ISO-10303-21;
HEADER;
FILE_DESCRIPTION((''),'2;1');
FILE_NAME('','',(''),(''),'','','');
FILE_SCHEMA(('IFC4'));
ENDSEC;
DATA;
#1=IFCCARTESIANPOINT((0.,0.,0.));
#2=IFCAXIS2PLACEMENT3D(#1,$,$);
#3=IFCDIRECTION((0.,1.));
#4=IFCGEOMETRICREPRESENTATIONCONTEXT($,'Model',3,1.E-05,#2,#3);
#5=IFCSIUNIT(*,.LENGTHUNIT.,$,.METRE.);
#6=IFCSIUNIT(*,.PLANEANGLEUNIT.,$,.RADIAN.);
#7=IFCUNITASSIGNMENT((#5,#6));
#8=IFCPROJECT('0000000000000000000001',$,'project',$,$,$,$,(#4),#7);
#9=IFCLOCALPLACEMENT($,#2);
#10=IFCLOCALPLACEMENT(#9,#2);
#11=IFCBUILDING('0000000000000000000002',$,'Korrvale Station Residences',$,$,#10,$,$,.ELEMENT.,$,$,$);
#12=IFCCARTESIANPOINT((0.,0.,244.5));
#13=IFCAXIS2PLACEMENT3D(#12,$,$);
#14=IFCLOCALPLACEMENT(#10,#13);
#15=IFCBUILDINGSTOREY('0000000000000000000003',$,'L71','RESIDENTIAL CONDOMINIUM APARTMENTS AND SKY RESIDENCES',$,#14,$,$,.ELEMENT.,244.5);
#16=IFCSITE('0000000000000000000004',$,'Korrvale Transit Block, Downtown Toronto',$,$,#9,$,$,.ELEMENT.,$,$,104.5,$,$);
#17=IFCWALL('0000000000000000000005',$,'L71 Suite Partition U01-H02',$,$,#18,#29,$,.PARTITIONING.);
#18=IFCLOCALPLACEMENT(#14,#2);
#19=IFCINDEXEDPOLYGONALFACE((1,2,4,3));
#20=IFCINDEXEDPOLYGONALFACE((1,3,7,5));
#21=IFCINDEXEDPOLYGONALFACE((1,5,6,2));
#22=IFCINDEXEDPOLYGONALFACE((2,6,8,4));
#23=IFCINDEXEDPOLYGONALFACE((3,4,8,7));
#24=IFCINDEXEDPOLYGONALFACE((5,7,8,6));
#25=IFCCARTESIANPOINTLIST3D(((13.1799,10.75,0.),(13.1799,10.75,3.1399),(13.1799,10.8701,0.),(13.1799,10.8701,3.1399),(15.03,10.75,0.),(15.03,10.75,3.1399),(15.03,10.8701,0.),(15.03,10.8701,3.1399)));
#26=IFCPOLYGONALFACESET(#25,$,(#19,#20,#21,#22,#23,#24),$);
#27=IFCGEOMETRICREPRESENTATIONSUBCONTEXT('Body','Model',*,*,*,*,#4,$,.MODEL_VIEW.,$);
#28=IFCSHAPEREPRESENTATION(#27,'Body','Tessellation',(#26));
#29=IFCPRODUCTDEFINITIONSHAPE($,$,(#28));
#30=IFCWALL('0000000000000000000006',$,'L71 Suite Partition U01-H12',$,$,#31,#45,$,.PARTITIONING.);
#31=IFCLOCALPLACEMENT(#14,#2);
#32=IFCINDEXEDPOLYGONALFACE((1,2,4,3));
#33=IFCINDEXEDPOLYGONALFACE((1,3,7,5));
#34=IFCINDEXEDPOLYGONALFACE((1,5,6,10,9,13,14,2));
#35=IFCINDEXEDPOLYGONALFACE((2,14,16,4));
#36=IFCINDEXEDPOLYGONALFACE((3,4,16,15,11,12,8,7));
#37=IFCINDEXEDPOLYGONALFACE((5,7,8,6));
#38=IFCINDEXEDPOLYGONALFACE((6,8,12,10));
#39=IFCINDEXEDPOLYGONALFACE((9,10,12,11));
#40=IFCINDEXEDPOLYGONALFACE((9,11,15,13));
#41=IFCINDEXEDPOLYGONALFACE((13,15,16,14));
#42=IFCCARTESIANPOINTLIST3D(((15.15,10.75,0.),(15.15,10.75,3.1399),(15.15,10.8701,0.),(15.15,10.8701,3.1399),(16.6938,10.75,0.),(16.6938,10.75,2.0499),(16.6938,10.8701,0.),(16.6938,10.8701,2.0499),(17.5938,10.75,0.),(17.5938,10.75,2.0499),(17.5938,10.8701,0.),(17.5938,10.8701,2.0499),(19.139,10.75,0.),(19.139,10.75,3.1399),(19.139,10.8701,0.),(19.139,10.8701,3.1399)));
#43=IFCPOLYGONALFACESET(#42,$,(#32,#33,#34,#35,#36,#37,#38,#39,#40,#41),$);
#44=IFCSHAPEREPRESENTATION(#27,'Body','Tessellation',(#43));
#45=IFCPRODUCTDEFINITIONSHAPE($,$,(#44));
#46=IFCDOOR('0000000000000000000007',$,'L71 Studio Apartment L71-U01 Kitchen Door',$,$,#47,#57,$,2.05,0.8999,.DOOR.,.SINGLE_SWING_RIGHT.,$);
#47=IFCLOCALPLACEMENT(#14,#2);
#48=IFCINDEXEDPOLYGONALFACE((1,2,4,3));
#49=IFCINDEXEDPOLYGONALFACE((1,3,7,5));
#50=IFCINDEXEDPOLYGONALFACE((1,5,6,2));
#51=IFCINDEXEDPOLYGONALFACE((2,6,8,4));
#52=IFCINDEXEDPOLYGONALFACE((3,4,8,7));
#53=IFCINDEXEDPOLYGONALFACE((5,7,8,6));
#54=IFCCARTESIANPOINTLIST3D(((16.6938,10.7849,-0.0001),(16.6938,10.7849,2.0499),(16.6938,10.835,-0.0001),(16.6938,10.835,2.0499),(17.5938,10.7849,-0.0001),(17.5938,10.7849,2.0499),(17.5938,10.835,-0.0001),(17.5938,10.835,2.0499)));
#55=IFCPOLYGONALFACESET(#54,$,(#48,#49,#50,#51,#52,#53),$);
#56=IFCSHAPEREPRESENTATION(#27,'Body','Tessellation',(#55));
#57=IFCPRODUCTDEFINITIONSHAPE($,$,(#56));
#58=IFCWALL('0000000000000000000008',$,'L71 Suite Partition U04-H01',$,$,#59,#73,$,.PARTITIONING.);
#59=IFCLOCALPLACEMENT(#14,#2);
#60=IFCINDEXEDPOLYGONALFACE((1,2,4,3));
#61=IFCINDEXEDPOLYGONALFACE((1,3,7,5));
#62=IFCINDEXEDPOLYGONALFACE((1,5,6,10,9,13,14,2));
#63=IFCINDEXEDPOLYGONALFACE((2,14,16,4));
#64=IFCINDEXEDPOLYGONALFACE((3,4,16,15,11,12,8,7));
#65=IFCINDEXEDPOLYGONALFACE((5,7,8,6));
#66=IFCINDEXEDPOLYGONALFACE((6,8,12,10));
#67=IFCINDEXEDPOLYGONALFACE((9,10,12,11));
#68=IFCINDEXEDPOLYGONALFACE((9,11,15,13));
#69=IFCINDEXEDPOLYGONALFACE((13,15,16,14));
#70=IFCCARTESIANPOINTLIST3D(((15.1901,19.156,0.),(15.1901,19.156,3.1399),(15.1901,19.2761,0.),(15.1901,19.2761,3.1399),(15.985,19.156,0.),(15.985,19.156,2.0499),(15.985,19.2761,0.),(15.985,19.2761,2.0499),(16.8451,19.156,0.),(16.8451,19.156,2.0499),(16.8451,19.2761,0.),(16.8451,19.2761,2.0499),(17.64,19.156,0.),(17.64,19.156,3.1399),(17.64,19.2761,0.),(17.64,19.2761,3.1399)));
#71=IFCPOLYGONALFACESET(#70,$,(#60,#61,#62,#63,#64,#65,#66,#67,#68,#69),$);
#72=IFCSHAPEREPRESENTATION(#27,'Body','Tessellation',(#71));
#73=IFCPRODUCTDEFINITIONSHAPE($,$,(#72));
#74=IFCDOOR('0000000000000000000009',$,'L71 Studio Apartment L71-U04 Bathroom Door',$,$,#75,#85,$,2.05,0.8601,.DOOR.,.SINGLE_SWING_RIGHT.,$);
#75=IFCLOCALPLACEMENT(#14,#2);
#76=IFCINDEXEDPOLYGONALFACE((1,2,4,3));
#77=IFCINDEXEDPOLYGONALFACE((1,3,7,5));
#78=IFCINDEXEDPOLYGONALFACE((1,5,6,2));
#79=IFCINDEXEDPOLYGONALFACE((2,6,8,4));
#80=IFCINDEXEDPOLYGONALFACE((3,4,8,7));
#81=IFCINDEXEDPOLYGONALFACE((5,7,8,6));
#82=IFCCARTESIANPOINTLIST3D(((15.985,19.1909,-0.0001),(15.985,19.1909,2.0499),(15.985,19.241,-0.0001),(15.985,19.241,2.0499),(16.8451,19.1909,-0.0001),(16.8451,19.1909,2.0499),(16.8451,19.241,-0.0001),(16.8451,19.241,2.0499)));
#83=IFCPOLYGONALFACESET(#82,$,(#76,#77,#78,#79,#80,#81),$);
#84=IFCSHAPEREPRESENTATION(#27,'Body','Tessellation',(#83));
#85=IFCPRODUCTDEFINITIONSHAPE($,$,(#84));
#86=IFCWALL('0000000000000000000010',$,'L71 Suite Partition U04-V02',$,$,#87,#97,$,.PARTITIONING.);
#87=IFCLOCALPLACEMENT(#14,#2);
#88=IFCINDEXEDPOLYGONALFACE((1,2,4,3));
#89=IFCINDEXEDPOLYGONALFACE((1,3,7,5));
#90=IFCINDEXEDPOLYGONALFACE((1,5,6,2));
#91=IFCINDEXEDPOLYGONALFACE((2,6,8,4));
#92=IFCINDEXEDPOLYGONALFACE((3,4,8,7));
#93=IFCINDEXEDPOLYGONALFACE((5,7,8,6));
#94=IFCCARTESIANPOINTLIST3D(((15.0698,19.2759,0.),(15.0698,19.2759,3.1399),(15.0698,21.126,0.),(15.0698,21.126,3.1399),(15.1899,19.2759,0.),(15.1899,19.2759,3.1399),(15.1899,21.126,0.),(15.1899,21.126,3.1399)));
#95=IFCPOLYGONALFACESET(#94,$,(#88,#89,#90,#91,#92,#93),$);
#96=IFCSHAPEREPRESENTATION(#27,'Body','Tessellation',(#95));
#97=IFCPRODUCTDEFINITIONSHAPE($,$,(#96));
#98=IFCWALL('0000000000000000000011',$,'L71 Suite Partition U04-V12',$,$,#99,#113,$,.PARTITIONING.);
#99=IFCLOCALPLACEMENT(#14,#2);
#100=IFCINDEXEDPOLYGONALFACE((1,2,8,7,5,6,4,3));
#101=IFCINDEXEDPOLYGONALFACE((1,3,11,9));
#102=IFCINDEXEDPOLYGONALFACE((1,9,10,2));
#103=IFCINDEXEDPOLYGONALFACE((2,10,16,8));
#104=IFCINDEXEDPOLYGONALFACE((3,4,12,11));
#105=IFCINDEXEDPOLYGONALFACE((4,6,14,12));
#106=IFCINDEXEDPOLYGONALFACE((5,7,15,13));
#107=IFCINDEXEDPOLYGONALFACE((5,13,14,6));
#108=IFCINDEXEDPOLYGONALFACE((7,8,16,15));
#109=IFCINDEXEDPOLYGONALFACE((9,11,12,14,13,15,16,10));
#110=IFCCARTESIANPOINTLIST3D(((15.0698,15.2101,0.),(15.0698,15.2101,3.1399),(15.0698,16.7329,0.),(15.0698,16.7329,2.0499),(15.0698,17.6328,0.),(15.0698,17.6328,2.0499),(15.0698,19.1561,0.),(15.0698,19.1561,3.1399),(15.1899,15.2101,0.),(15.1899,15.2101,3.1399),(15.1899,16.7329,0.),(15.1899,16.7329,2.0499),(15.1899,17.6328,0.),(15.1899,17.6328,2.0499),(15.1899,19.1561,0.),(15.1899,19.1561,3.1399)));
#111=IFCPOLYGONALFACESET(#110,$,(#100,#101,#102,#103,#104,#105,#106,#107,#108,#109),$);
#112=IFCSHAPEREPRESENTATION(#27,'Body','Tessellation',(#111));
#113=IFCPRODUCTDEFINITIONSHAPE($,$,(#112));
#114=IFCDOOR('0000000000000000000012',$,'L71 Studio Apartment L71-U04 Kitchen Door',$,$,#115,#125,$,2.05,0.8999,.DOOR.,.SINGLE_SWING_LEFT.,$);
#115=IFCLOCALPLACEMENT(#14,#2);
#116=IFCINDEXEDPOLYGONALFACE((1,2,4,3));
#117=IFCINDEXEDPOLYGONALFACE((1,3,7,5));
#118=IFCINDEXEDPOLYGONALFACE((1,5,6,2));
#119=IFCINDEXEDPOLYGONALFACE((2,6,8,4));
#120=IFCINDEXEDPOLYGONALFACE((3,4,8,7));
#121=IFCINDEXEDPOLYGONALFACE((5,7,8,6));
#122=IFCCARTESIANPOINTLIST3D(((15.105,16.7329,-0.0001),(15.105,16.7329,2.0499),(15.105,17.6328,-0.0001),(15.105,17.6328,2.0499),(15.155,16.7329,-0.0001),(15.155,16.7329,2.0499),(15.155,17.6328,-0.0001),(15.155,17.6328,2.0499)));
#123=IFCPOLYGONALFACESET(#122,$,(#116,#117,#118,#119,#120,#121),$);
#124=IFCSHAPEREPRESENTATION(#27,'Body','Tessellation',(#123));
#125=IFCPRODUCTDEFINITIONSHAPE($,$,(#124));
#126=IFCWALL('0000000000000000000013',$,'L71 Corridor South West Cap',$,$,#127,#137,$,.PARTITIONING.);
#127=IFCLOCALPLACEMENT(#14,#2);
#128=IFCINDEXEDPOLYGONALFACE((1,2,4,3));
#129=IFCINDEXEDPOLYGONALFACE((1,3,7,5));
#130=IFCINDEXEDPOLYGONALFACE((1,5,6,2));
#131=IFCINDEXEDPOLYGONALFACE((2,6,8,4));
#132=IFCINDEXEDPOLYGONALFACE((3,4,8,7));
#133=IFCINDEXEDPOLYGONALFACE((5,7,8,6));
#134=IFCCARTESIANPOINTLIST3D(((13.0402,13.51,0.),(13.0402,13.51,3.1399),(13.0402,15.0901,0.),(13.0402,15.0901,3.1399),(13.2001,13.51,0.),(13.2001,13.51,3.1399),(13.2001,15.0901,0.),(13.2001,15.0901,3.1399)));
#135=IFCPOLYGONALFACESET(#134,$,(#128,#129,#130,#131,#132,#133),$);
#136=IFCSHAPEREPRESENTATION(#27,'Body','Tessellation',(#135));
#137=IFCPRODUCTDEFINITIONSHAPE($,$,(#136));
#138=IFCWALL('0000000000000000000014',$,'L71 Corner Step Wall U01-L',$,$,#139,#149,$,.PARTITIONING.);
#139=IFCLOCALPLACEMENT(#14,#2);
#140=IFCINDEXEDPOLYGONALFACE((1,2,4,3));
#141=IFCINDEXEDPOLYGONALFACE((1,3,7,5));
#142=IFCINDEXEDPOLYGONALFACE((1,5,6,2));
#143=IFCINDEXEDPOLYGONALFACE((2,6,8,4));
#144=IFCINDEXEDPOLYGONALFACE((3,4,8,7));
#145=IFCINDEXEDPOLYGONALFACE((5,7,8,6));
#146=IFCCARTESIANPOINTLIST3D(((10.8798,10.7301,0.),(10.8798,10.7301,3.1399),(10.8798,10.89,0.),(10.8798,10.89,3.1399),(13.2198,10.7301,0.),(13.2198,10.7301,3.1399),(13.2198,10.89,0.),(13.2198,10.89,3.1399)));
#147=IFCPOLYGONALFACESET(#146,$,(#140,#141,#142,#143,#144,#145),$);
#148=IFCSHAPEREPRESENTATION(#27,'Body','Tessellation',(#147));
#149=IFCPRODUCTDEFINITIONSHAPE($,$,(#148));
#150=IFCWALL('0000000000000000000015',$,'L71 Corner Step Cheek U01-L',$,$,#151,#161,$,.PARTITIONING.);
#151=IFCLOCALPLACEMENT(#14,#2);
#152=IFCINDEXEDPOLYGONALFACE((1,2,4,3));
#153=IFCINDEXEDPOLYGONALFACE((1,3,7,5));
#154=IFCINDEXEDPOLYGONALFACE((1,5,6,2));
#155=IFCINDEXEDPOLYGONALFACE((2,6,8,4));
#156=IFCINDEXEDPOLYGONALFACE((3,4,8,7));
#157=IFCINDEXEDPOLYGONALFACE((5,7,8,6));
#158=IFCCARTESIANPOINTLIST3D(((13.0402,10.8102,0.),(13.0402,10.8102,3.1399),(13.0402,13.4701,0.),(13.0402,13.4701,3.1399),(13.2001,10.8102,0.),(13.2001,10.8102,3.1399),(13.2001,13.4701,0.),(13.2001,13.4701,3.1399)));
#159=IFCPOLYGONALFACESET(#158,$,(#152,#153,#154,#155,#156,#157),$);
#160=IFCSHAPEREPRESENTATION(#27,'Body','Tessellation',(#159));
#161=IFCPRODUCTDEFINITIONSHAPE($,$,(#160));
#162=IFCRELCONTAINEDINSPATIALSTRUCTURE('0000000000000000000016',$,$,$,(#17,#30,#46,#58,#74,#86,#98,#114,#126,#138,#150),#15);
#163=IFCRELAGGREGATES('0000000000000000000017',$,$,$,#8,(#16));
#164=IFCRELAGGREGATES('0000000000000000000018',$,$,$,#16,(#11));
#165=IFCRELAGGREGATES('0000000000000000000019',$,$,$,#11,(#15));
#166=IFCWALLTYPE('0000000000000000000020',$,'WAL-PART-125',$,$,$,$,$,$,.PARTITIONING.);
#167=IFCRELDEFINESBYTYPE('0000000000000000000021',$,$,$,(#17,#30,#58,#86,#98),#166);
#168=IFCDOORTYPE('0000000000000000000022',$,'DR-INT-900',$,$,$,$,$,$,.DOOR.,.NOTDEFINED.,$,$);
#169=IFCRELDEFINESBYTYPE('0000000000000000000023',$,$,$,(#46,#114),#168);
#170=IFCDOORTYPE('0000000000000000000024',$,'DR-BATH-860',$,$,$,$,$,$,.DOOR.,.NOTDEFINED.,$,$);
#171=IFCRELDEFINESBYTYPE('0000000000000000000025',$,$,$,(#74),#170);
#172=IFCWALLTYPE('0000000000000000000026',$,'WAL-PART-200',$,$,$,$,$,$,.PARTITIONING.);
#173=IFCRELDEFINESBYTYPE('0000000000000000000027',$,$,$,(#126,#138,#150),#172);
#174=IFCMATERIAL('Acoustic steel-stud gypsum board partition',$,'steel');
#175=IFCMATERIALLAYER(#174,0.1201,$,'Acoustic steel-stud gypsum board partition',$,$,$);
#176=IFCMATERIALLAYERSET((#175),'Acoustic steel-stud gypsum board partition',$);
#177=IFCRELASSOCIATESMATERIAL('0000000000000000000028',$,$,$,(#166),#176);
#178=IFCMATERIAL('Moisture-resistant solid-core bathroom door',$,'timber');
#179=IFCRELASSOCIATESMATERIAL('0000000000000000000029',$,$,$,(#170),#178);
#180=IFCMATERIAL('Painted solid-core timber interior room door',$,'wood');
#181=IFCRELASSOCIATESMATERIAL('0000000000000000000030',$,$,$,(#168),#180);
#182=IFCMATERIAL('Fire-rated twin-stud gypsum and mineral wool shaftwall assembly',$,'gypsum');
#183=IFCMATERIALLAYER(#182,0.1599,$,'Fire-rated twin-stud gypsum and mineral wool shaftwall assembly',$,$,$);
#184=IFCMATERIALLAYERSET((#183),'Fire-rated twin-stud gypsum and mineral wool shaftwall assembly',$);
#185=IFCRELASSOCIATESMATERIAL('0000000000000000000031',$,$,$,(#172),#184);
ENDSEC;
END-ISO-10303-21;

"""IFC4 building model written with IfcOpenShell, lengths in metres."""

from ifc_helpers import new_model, si_unit, direction, frame, frame_2d, origin, place, context, subcontext, project, spatial, rectangle, extrude, material, layer, layer_set, type_object, element, fill, save


model = new_model("IFC4")

# Units and contexts
model_context = context("Model", 3, precision=1e-05, world=origin(), true_north=direction((0.0, 1.0)))
body_context = subcontext(model_context, "Body", "Model", "MODEL_VIEW")
ifc_project = project(units=[si_unit("LENGTHUNIT", "METRE"), si_unit("PLANEANGLEUNIT", "RADIAN")], contexts=[model_context])

# Site, building, storey
site_placement = place(None, origin())
site = spatial("IfcSite", under=ifc_project, at=site_placement, Name="Korrvale Transit Block, Downtown Toronto", CompositionType="ELEMENT", RefElevation=104.5)
building_placement = place(site_placement, origin())
building = spatial("IfcBuilding", under=site, at=building_placement, Name="Korrvale Station Residences", CompositionType="ELEMENT")
storey_placement = place(building_placement, frame((0.0, 0.0, 244.5)))
storey = spatial("IfcBuildingStorey", under=building, at=storey_placement, Name="L71", Description="RESIDENTIAL CONDOMINIUM APARTMENTS AND SKY RESIDENCES", CompositionType="ELEMENT", Elevation=244.5)

# Shared definitions
ifc_material_1 = material(Name="Acoustic steel-stud gypsum board partition", Category="steel")
ifc_layer_1 = layer(ifc_material_1, 0.1201, Name="Acoustic steel-stud gypsum board partition")
ifc_layer_set_1 = layer_set([ifc_layer_1], Name="Acoustic steel-stud gypsum board partition")
wall_type_1 = type_object("IfcWallType", Name="WAL-PART-125", PredefinedType="PARTITIONING", material=ifc_layer_set_1)
ifc_material_2 = material(Name="Moisture-resistant solid-core bathroom door", Category="timber")
door_type_1 = type_object("IfcDoorType", Name="DR-BATH-860", OperationType="NOTDEFINED", PredefinedType="DOOR", material=ifc_material_2)

# Wall
wall_1_placement = place(storey_placement, frame((13.1799, 10.8101, 0.0), z_axis=(0.0, 0.0, 1.0), x_axis=(1.0, 0.0, 0.0)))
element("IfcWall", 1, at=wall_1_placement, inside=storey, type_object=wall_type_1, Name="L71 Suite Partition U01-H02", PredefinedType="PARTITIONING", context=body_context, shape_type="SweptSolid", body=[
    extrude(rectangle(XDim=1.8501, YDim=0.1201, at=frame_2d((0.925, 0.0))), origin(), (0.0, 0.0, 1.0), 3.1399),
])

# Walls, openings, doors
wall_2_placement = place(storey_placement, frame((15.1499, 10.8101, 0.0), z_axis=(0.0, 0.0, 1.0), x_axis=(1.0, 0.0, 0.0)))
wall_2 = element("IfcWall", 2, at=wall_2_placement, inside=storey, type_object=wall_type_1, Name="L71 Suite Partition U01-H12", PredefinedType="PARTITIONING", context=body_context, shape_type="SweptSolid", body=[
    extrude(rectangle(XDim=3.989, YDim=0.1201, at=frame_2d((1.9946, 0.0))), origin(), (0.0, 0.0, 1.0), 3.1399),
])
opening_1_placement = place(wall_2_placement, frame((1.5439, 0.0, 0.0)))
opening_1 = element("IfcOpeningElement", 3, at=opening_1_placement, cuts=wall_2, PredefinedType="OPENING", context=body_context, shape_type="SweptSolid", body=[
    extrude(rectangle(XDim=0.8999, YDim=2.05, at=frame_2d((0.45, 1.0249))), frame((0.0, 0.0701, 0.0), z_axis=(0.0, -1.0, 0.0), x_axis=(1.0, 0.0, 0.0)), (0.0, 0.0, 1.0), 0.1401),
])
ifc_material_3 = material(Name="Painted solid-core timber interior room door", Category="wood")
door_type_2 = type_object("IfcDoorType", Name="DR-INT-900", OperationType="NOTDEFINED", PredefinedType="DOOR", material=ifc_material_3)
door_1_placement = place(opening_1_placement, origin())
door_1 = element("IfcDoor", 4, at=door_1_placement, inside=storey, type_object=door_type_2, Name="L71 Studio Apartment L71-U01 Kitchen Door", OperationType="SINGLE_SWING_RIGHT", OverallHeight=2.05, OverallWidth=0.8999, PredefinedType="DOOR", context=body_context, shape_type="SweptSolid", body=[
    extrude(rectangle(XDim=0.8999, YDim=2.05, at=frame_2d((0.45, 1.0249))), frame((0.0, 0.0249, 0.0), z_axis=(0.0, -1.0, 0.0), x_axis=(1.0, 0.0, 0.0)), (0.0, 0.0, 1.0), 0.05),
])
fill(opening_1, door_1)
wall_3_placement = place(storey_placement, frame((15.1899, 19.2161, 0.0), z_axis=(0.0, 0.0, 1.0), x_axis=(1.0, 0.0, 0.0)))
wall_3 = element("IfcWall", 5, at=wall_3_placement, inside=storey, type_object=wall_type_1, Name="L71 Suite Partition U04-H01", PredefinedType="PARTITIONING", context=body_context, shape_type="SweptSolid", body=[
    extrude(rectangle(XDim=2.45, YDim=0.1201, at=frame_2d((1.2251, 0.0))), origin(), (0.0, 0.0, 1.0), 3.1399),
])
opening_2_placement = place(wall_3_placement, frame((0.7949, 0.0, 0.0)))
opening_2 = element("IfcOpeningElement", 6, at=opening_2_placement, cuts=wall_3, PredefinedType="OPENING", context=body_context, shape_type="SweptSolid", body=[
    extrude(rectangle(XDim=0.8601, YDim=2.05, at=frame_2d((0.4302, 1.0249))), frame((0.0, 0.0701, 0.0), z_axis=(0.0, -1.0, 0.0), x_axis=(1.0, 0.0, 0.0)), (0.0, 0.0, 1.0), 0.1401),
])
door_2_placement = place(opening_2_placement, origin())
door_2 = element("IfcDoor", 7, at=door_2_placement, inside=storey, type_object=door_type_1, Name="L71 Studio Apartment L71-U04 Bathroom Door", OperationType="SINGLE_SWING_RIGHT", OverallHeight=2.05, OverallWidth=0.8601, PredefinedType="DOOR", context=body_context, shape_type="SweptSolid", body=[
    extrude(rectangle(XDim=0.8601, YDim=2.05, at=frame_2d((0.4302, 1.0249))), frame((0.0, 0.0249, 0.0), z_axis=(0.0, -1.0, 0.0), x_axis=(1.0, 0.0, 0.0)), (0.0, 0.0, 1.0), 0.05),
])
fill(opening_2, door_2)

# Wall
wall_4_placement = place(storey_placement, frame((15.1299, 19.2759, 0.0), z_axis=(0.0, 0.0, 1.0), x_axis=(0.0, 1.0, 0.0)))
element("IfcWall", 8, at=wall_4_placement, inside=storey, type_object=wall_type_1, Name="L71 Suite Partition U04-V02", PredefinedType="PARTITIONING", context=body_context, shape_type="SweptSolid", body=[
    extrude(rectangle(XDim=1.8501, YDim=0.1201, at=frame_2d((0.925, 0.0))), origin(), (0.0, 0.0, 1.0), 3.1399),
])

# Wall, opening, door
wall_5_placement = place(storey_placement, frame((15.1299, 15.21, 0.0), z_axis=(0.0, 0.0, 1.0), x_axis=(0.0, 1.0, 0.0)))
wall_5 = element("IfcWall", 9, at=wall_5_placement, inside=storey, type_object=wall_type_1, Name="L71 Suite Partition U04-V12", PredefinedType="PARTITIONING", context=body_context, shape_type="SweptSolid", body=[
    extrude(rectangle(XDim=3.946, YDim=0.1201, at=frame_2d((1.9731, 0.0))), origin(), (0.0, 0.0, 1.0), 3.1399),
])
opening_3_placement = place(wall_5_placement, frame((1.5229, 0.0, 0.0)))
opening_3 = element("IfcOpeningElement", 10, at=opening_3_placement, cuts=wall_5, PredefinedType="OPENING", context=body_context, shape_type="SweptSolid", body=[
    extrude(rectangle(XDim=0.8999, YDim=2.05, at=frame_2d((0.45, 1.0249))), frame((0.0, 0.0701, 0.0), z_axis=(0.0, -1.0, 0.0), x_axis=(1.0, 0.0, 0.0)), (0.0, 0.0, 1.0), 0.1401),
])
door_3_placement = place(opening_3_placement, origin())
door_3 = element("IfcDoor", 11, at=door_3_placement, inside=storey, type_object=door_type_2, Name="L71 Studio Apartment L71-U04 Kitchen Door", OperationType="SINGLE_SWING_LEFT", OverallHeight=2.05, OverallWidth=0.8999, PredefinedType="DOOR", context=body_context, shape_type="SweptSolid", body=[
    extrude(rectangle(XDim=0.8999, YDim=2.05, at=frame_2d((0.45, 1.0249))), frame((0.0, 0.0249, 0.0), z_axis=(0.0, -1.0, 0.0), x_axis=(1.0, 0.0, 0.0)), (0.0, 0.0, 1.0), 0.05),
])
fill(opening_3, door_3)

# Walls
ifc_material_4 = material(Name="Fire-rated twin-stud gypsum and mineral wool shaftwall assembly", Category="gypsum")
ifc_layer_2 = layer(ifc_material_4, 0.1599, Name="Fire-rated twin-stud gypsum and mineral wool shaftwall assembly")
ifc_layer_set_2 = layer_set([ifc_layer_2], Name="Fire-rated twin-stud gypsum and mineral wool shaftwall assembly")
wall_type_2 = type_object("IfcWallType", Name="WAL-PART-200", PredefinedType="PARTITIONING", material=ifc_layer_set_2)
wall_6_placement = place(storey_placement, frame((13.1201, 13.51, 0.0), z_axis=(0.0, 0.0, 1.0), x_axis=(0.0, 1.0, 0.0)))
element("IfcWall", 12, at=wall_6_placement, inside=storey, type_object=wall_type_2, Name="L71 Corridor South West Cap", PredefinedType="PARTITIONING", context=body_context, shape_type="SweptSolid", body=[
    extrude(rectangle(XDim=1.5801, YDim=0.1599, at=frame_2d((0.79, 0.0))), origin(), (0.0, 0.0, 1.0), 3.1399),
])
wall_7_placement = place(storey_placement, frame((10.8799, 10.8101, 0.0), z_axis=(0.0, 0.0, 1.0), x_axis=(1.0, 0.0, 0.0)))
element("IfcWall", 13, at=wall_7_placement, inside=storey, type_object=wall_type_2, Name="L71 Corner Step Wall U01-L", PredefinedType="PARTITIONING", context=body_context, shape_type="SweptSolid", body=[
    extrude(rectangle(XDim=2.3401, YDim=0.1599, at=frame_2d((1.1699, 0.0))), origin(), (0.0, 0.0, 1.0), 3.1399),
])
wall_8_placement = place(storey_placement, frame((13.1201, 10.8101, 0.0), z_axis=(0.0, 0.0, 1.0), x_axis=(0.0, 1.0, 0.0)))
element("IfcWall", 14, at=wall_8_placement, inside=storey, type_object=wall_type_2, Name="L71 Corner Step Cheek U01-L", PredefinedType="PARTITIONING", context=body_context, shape_type="SweptSolid", body=[
    extrude(rectangle(XDim=2.6599, YDim=0.1599, at=frame_2d((1.3301, 0.0))), origin(), (0.0, 0.0, 1.0), 3.1399),
])

save(model, "model.ifc")
